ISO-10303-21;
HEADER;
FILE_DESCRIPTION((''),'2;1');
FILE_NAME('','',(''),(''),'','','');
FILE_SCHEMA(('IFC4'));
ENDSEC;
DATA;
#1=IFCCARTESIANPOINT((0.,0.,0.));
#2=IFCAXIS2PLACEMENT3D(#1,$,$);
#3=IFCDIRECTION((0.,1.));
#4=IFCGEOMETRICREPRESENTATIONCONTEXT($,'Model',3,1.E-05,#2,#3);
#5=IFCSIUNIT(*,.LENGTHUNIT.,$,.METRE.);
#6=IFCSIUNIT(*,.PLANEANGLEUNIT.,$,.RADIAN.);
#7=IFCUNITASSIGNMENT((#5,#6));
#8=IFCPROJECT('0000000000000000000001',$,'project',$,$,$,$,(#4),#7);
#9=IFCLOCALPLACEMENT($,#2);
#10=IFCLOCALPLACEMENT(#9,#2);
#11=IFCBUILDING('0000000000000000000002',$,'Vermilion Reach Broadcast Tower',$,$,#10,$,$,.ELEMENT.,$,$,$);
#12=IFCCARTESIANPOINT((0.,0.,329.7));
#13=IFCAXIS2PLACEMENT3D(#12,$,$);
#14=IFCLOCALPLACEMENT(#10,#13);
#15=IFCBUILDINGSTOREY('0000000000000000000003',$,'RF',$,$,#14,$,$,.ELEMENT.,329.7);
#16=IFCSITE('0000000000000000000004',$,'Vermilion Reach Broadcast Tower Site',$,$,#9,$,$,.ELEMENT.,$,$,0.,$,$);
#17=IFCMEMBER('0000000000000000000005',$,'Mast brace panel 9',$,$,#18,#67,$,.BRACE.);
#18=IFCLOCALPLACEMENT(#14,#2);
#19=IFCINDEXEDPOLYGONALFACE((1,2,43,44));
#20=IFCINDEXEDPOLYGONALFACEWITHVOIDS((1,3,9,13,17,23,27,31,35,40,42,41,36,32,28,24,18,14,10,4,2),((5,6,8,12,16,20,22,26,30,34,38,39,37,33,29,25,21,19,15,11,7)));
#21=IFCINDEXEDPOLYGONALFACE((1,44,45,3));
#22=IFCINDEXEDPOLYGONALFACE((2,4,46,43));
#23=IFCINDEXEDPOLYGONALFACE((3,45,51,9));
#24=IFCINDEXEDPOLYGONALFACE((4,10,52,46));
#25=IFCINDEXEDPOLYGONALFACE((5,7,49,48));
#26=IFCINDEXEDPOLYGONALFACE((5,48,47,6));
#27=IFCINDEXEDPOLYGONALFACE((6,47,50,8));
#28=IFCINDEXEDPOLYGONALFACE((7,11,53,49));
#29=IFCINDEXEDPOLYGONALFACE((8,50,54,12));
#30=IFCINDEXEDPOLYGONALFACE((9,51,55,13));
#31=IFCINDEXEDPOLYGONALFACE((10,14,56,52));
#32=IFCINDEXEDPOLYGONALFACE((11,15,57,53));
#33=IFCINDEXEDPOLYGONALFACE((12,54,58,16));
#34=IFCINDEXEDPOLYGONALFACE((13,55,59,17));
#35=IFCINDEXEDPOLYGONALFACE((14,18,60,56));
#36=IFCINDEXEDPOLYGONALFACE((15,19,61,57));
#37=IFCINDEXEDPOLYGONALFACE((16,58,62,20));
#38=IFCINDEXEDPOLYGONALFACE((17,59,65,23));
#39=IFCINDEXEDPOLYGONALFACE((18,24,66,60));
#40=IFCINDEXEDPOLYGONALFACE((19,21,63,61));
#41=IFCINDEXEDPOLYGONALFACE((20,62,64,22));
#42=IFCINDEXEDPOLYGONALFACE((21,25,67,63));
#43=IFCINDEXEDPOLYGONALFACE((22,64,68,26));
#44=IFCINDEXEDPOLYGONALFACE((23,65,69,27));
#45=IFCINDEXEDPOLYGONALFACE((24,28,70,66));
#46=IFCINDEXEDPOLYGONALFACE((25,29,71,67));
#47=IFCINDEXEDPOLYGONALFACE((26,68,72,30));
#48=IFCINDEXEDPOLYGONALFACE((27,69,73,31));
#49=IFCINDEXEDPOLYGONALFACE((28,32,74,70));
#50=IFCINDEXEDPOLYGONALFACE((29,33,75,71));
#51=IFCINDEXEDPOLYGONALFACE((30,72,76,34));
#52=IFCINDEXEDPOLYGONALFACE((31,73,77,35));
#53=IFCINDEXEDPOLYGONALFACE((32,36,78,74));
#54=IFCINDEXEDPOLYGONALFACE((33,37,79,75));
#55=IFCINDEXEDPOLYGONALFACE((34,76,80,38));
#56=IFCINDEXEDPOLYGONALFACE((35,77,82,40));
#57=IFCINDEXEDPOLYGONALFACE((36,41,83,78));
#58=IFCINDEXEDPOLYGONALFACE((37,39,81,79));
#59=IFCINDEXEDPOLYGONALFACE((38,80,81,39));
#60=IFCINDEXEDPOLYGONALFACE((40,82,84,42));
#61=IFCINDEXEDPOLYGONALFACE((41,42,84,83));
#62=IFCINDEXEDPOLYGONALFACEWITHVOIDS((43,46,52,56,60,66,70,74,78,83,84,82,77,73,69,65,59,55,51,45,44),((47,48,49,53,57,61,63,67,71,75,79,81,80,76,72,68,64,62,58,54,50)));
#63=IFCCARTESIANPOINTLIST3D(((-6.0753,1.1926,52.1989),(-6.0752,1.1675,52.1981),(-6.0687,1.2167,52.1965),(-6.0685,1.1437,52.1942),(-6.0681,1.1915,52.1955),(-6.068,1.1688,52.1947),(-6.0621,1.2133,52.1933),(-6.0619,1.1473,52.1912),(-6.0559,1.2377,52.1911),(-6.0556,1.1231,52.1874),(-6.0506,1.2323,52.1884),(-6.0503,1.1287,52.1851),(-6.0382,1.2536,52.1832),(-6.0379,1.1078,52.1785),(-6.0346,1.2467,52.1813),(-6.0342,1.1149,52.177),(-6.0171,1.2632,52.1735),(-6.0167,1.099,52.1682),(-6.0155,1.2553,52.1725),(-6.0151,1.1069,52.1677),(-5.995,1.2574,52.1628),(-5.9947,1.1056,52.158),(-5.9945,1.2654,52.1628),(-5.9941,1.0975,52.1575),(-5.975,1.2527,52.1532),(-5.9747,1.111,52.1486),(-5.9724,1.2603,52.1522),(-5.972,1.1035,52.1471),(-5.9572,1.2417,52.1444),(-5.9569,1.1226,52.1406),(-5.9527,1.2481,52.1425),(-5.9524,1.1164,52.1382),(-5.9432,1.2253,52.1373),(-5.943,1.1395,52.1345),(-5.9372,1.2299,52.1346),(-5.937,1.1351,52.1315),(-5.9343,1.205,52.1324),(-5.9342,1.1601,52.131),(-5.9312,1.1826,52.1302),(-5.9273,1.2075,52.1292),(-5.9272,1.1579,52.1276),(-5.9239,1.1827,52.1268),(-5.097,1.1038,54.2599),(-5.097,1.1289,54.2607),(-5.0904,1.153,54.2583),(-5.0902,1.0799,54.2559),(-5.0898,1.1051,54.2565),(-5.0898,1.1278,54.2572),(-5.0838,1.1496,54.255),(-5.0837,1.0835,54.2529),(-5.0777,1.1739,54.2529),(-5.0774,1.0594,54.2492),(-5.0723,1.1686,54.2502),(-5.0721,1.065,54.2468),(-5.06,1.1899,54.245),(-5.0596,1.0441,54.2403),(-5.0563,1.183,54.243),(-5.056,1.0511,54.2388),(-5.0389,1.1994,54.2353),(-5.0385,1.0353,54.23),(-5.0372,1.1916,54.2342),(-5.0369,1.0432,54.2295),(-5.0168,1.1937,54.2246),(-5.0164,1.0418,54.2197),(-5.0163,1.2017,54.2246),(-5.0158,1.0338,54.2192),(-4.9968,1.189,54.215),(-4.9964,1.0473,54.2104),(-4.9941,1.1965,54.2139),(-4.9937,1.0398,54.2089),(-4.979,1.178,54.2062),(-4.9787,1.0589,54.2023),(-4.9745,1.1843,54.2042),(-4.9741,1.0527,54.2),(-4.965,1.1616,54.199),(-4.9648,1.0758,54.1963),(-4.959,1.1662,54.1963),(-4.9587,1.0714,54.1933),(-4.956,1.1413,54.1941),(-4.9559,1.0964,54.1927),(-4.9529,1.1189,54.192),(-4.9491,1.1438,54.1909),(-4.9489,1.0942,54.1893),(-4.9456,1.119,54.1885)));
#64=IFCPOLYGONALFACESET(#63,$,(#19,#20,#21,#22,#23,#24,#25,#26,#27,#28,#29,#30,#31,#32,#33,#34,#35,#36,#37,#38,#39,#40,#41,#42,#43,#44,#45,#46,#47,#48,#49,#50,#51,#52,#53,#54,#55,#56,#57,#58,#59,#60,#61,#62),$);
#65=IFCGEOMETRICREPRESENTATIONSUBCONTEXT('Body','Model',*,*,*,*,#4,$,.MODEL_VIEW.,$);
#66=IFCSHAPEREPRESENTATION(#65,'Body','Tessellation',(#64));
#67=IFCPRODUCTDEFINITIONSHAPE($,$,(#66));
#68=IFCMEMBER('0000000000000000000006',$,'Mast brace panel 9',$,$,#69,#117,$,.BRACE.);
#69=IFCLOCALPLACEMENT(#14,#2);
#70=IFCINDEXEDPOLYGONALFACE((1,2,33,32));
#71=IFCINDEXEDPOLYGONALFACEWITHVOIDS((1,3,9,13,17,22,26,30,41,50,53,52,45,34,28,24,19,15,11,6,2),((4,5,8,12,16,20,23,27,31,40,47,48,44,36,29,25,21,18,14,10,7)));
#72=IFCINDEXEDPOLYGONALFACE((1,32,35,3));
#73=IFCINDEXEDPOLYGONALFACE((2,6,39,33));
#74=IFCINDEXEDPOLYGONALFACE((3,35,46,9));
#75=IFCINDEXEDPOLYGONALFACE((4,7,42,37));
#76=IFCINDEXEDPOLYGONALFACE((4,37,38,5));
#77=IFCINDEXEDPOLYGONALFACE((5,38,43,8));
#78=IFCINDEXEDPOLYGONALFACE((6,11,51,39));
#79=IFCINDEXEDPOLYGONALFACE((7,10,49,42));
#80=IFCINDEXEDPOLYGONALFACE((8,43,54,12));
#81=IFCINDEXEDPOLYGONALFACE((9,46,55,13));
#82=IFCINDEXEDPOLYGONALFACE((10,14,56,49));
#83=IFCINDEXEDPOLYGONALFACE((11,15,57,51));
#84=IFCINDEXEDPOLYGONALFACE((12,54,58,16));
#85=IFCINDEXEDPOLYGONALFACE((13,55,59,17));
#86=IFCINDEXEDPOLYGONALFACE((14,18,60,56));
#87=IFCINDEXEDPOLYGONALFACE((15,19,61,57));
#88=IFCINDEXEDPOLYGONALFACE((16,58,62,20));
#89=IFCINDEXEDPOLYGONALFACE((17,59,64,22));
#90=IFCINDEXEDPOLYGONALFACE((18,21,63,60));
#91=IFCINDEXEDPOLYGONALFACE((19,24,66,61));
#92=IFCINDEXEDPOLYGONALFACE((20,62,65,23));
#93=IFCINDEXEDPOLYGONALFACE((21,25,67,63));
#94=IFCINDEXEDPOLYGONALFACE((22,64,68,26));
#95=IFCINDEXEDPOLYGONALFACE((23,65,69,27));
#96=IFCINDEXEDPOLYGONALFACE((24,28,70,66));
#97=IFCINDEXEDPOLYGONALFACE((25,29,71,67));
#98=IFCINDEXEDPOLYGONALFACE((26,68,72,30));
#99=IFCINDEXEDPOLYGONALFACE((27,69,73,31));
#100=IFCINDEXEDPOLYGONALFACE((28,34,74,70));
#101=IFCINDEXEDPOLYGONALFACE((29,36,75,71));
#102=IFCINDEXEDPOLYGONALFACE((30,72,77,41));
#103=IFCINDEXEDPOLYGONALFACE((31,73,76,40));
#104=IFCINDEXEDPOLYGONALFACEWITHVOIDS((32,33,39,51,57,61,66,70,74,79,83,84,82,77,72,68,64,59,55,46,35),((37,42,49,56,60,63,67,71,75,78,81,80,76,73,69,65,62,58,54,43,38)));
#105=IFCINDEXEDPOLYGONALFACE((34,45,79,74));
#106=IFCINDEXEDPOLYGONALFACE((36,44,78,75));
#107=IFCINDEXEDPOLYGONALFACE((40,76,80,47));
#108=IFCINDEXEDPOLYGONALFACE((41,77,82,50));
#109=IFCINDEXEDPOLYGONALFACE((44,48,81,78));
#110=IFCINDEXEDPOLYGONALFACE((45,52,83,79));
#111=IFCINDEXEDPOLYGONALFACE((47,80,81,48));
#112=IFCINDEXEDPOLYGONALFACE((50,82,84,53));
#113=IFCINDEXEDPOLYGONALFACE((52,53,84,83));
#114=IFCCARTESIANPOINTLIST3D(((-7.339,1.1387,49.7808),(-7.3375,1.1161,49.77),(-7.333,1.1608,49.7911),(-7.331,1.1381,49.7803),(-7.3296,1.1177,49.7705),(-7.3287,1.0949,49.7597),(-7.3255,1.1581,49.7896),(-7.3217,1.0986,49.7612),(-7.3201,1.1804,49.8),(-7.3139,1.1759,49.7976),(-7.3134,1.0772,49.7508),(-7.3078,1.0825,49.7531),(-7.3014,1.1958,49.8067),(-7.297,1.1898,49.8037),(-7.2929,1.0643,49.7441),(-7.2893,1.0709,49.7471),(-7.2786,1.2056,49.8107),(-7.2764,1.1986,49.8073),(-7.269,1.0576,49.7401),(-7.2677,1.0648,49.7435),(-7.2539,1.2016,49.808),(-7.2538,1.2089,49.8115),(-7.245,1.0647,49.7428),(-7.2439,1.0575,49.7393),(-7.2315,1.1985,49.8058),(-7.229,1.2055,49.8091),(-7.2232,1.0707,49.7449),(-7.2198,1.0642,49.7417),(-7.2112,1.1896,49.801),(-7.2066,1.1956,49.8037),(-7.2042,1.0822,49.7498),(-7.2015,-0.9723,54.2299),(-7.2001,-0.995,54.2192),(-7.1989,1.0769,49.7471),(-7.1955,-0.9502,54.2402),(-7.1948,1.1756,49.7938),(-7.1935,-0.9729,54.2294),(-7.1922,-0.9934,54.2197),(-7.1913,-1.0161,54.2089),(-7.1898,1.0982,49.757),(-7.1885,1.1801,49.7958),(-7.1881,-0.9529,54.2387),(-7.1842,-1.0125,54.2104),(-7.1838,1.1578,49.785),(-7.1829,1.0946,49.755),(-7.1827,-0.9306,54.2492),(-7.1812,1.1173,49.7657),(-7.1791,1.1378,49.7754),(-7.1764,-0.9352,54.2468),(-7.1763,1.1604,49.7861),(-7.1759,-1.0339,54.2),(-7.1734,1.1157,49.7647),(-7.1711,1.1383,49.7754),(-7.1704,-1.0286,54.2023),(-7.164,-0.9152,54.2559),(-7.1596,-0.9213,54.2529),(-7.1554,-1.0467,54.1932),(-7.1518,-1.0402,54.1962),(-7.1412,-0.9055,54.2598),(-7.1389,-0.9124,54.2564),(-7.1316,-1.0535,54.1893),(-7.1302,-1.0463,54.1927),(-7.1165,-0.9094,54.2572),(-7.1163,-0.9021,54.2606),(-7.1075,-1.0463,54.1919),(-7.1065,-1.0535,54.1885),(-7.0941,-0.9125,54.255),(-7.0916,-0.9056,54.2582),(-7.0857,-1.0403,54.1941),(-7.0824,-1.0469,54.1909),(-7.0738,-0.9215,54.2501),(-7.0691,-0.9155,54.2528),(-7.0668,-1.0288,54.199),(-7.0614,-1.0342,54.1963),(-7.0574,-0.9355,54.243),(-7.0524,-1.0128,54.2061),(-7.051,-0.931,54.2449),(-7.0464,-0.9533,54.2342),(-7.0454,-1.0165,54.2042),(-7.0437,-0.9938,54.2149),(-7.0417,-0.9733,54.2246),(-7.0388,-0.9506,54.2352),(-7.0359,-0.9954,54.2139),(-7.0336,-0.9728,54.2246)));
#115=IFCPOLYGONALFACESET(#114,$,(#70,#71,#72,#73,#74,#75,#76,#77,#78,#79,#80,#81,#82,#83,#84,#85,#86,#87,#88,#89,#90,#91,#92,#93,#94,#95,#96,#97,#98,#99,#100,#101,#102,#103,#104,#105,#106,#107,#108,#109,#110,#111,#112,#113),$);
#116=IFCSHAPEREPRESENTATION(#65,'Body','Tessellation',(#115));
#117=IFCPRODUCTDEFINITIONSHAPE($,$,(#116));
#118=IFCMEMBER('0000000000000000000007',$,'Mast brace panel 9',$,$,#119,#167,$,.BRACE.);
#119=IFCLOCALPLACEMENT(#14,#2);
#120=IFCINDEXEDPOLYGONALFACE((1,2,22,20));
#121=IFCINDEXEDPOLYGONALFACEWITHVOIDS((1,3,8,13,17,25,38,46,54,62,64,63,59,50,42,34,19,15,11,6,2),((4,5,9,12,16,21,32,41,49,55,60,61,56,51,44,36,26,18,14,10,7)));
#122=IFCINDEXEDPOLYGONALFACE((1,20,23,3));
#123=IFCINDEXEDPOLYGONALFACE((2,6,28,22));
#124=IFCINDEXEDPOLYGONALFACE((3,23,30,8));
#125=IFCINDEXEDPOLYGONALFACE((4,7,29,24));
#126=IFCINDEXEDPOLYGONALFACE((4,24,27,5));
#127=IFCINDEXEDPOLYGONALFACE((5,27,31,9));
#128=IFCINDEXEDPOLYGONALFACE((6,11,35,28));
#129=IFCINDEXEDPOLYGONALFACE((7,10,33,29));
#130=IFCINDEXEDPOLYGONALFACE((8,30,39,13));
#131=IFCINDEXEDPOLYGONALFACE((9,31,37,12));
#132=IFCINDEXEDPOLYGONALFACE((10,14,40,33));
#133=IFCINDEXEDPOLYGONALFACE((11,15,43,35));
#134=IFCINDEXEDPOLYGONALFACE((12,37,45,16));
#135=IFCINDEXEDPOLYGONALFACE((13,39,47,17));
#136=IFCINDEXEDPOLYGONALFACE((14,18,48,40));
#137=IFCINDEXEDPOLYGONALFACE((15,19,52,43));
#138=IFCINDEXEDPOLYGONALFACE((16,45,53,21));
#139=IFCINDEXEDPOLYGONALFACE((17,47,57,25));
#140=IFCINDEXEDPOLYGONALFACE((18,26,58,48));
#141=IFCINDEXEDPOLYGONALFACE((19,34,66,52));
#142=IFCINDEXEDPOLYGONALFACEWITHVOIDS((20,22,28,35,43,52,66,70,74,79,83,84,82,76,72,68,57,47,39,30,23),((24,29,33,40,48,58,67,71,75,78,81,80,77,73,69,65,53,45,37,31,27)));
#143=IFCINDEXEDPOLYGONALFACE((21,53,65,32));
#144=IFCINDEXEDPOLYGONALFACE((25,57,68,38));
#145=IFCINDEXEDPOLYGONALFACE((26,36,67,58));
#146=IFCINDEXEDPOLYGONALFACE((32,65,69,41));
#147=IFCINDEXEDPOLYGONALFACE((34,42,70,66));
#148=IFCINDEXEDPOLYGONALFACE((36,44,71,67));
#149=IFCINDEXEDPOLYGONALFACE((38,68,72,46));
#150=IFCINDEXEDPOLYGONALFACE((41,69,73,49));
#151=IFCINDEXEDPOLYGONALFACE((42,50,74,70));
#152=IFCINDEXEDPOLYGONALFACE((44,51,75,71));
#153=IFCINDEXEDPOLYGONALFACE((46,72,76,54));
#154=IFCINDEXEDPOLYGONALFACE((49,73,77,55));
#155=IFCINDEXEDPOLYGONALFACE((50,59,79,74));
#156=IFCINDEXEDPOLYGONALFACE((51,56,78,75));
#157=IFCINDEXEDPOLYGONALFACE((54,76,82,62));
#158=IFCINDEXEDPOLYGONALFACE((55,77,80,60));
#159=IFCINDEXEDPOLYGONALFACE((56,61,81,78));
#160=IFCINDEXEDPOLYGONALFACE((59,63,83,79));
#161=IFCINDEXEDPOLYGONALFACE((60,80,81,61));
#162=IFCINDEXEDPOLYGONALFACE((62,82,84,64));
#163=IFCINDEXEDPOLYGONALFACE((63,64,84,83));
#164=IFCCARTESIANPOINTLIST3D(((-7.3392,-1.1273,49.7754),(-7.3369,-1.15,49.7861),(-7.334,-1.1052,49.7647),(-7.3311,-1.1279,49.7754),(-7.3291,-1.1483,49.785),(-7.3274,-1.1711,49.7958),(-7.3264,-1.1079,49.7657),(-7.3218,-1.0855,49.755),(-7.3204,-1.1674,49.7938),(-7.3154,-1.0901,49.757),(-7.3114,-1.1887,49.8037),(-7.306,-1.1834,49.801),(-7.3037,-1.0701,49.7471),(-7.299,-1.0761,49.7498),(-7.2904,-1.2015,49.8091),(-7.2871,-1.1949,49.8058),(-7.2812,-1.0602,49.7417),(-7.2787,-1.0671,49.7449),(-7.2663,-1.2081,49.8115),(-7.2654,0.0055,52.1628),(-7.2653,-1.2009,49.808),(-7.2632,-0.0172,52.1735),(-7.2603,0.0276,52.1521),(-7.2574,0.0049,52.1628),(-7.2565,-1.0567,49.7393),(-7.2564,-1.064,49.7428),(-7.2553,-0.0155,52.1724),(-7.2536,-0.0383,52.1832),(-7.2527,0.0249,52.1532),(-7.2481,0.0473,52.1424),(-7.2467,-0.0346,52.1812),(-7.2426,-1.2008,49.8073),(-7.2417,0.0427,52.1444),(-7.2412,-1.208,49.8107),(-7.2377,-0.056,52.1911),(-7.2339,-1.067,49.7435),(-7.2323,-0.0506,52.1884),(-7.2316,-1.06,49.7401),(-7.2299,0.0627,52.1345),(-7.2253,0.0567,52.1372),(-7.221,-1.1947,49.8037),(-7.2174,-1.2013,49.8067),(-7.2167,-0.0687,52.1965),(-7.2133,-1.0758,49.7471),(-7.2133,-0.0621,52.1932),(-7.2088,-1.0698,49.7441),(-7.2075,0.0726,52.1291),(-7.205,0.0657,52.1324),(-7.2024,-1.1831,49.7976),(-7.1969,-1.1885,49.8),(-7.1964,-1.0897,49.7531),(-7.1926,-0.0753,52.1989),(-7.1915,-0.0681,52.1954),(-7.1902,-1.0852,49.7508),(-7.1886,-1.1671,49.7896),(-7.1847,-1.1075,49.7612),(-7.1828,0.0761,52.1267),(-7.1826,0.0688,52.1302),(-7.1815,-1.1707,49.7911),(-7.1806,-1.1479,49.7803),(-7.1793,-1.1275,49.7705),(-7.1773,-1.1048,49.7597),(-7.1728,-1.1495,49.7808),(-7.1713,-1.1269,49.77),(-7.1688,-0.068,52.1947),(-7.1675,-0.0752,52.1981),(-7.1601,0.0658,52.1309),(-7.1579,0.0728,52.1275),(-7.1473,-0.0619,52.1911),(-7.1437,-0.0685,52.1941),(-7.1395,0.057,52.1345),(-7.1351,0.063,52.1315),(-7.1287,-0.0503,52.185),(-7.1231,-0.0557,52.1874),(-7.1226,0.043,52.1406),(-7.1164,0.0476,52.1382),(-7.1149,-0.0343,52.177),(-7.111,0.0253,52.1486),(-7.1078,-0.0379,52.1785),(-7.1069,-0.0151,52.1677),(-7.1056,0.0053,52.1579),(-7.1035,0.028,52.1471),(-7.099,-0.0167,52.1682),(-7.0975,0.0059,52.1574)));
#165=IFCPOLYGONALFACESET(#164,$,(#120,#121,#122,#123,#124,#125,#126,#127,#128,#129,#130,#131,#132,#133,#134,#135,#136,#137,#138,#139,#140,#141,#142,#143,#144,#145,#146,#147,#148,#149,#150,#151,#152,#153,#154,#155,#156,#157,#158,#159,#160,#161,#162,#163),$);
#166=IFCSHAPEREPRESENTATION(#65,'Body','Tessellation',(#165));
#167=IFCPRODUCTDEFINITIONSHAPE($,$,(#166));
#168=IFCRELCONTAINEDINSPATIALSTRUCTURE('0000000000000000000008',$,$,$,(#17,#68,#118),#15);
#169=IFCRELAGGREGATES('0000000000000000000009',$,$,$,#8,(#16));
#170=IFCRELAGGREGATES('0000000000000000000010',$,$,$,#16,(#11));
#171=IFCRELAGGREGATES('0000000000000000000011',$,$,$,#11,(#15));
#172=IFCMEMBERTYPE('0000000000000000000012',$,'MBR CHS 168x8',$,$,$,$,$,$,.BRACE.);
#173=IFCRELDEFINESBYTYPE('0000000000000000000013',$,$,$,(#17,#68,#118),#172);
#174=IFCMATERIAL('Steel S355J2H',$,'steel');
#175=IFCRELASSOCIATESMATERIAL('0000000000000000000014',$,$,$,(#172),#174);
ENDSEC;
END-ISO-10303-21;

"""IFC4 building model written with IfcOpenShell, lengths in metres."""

from ifc_helpers import new_model, si_unit, direction, frame, origin, origin_2d, place, context, subcontext, project, spatial, hollow_circle, extrude, material, material_profile, profile_set, type_object, element, save


model = new_model("IFC4")

# Units and contexts
model_context = context("Model", 3, precision=1e-05, world=origin(), true_north=direction((0.0, 1.0)))
body_context = subcontext(model_context, "Body", "Model", "MODEL_VIEW")
ifc_project = project(units=[si_unit("LENGTHUNIT", "METRE"), si_unit("PLANEANGLEUNIT", "RADIAN")], contexts=[model_context])

# Site, building, storey
site_placement = place(None, origin())
site = spatial("IfcSite", under=ifc_project, at=site_placement, Name="Vermilion Reach Broadcast Tower Site", CompositionType="ELEMENT", RefElevation=0.0)
building_placement = place(site_placement, origin())
building = spatial("IfcBuilding", under=site, at=building_placement, Name="Vermilion Reach Broadcast Tower", CompositionType="ELEMENT")
storey_placement = place(building_placement, frame((0.0, 0.0, 329.7)))
storey = spatial("IfcBuildingStorey", under=building, at=storey_placement, Name="RF", CompositionType="ELEMENT", Elevation=329.7)

# Members
ifc_material_1 = material(Name="Steel S355J2H", Category="steel")
ifc_material_profile_1 = material_profile(ifc_material_1, hollow_circle(Radius=0.0842, WallThickness=0.0081, at=origin_2d()), Name="S355J2H CHS 168x8")
ifc_profile_set_1 = profile_set([ifc_material_profile_1], Name="Steel S355J2H")
member_type_1 = type_object("IfcMemberType", Name="MBR CHS 168x8", PredefinedType="BRACE", material=ifc_profile_set_1)
member_1_placement = place(storey_placement, frame((-6.0, 1.1814, 52.1628), z_axis=(0.428508, -0.027911, 0.903107), x_axis=(0.064998, 0.997885, 0.0)))
element("IfcMember", 1, at=member_1_placement, inside=storey, type_object=member_type_1, Name="Mast brace panel 9", PredefinedType="BRACE", context=body_context, shape_type="SweptSolid", body=[
    extrude(hollow_circle(Radius=0.0842, WallThickness=0.0081, at=origin_2d()), origin(), (0.0, 0.0, 1.0), 2.283),
])
member_2_placement = place(storey_placement, frame((-7.2551, 1.1328, 49.7754), z_axis=(0.0279, -0.42851, 0.903106), x_axis=(0.997887, 0.064972, 0.0)))
element("IfcMember", 2, at=member_2_placement, inside=storey, type_object=member_type_1, Name="Mast brace panel 9", PredefinedType="BRACE", context=body_context, shape_type="SweptSolid", body=[
    extrude(hollow_circle(Radius=0.0842, WallThickness=0.0081, at=origin_2d()), origin(), (0.0, 0.0, 1.0), 4.9265),
])
member_3_placement = place(storey_placement, frame((-7.2551, -1.1328, 49.7754), z_axis=(0.02789, 0.428511, 0.903106), x_axis=(-0.997889, 0.064949, 0.0)))
element("IfcMember", 3, at=member_3_placement, inside=storey, type_object=member_type_1, Name="Mast brace panel 9", PredefinedType="BRACE", context=body_context, shape_type="SweptSolid", body=[
    extrude(hollow_circle(Radius=0.0842, WallThickness=0.0081, at=origin_2d()), origin(), (0.0, 0.0, 1.0), 2.6436),
])

save(model, "model.ifc")
